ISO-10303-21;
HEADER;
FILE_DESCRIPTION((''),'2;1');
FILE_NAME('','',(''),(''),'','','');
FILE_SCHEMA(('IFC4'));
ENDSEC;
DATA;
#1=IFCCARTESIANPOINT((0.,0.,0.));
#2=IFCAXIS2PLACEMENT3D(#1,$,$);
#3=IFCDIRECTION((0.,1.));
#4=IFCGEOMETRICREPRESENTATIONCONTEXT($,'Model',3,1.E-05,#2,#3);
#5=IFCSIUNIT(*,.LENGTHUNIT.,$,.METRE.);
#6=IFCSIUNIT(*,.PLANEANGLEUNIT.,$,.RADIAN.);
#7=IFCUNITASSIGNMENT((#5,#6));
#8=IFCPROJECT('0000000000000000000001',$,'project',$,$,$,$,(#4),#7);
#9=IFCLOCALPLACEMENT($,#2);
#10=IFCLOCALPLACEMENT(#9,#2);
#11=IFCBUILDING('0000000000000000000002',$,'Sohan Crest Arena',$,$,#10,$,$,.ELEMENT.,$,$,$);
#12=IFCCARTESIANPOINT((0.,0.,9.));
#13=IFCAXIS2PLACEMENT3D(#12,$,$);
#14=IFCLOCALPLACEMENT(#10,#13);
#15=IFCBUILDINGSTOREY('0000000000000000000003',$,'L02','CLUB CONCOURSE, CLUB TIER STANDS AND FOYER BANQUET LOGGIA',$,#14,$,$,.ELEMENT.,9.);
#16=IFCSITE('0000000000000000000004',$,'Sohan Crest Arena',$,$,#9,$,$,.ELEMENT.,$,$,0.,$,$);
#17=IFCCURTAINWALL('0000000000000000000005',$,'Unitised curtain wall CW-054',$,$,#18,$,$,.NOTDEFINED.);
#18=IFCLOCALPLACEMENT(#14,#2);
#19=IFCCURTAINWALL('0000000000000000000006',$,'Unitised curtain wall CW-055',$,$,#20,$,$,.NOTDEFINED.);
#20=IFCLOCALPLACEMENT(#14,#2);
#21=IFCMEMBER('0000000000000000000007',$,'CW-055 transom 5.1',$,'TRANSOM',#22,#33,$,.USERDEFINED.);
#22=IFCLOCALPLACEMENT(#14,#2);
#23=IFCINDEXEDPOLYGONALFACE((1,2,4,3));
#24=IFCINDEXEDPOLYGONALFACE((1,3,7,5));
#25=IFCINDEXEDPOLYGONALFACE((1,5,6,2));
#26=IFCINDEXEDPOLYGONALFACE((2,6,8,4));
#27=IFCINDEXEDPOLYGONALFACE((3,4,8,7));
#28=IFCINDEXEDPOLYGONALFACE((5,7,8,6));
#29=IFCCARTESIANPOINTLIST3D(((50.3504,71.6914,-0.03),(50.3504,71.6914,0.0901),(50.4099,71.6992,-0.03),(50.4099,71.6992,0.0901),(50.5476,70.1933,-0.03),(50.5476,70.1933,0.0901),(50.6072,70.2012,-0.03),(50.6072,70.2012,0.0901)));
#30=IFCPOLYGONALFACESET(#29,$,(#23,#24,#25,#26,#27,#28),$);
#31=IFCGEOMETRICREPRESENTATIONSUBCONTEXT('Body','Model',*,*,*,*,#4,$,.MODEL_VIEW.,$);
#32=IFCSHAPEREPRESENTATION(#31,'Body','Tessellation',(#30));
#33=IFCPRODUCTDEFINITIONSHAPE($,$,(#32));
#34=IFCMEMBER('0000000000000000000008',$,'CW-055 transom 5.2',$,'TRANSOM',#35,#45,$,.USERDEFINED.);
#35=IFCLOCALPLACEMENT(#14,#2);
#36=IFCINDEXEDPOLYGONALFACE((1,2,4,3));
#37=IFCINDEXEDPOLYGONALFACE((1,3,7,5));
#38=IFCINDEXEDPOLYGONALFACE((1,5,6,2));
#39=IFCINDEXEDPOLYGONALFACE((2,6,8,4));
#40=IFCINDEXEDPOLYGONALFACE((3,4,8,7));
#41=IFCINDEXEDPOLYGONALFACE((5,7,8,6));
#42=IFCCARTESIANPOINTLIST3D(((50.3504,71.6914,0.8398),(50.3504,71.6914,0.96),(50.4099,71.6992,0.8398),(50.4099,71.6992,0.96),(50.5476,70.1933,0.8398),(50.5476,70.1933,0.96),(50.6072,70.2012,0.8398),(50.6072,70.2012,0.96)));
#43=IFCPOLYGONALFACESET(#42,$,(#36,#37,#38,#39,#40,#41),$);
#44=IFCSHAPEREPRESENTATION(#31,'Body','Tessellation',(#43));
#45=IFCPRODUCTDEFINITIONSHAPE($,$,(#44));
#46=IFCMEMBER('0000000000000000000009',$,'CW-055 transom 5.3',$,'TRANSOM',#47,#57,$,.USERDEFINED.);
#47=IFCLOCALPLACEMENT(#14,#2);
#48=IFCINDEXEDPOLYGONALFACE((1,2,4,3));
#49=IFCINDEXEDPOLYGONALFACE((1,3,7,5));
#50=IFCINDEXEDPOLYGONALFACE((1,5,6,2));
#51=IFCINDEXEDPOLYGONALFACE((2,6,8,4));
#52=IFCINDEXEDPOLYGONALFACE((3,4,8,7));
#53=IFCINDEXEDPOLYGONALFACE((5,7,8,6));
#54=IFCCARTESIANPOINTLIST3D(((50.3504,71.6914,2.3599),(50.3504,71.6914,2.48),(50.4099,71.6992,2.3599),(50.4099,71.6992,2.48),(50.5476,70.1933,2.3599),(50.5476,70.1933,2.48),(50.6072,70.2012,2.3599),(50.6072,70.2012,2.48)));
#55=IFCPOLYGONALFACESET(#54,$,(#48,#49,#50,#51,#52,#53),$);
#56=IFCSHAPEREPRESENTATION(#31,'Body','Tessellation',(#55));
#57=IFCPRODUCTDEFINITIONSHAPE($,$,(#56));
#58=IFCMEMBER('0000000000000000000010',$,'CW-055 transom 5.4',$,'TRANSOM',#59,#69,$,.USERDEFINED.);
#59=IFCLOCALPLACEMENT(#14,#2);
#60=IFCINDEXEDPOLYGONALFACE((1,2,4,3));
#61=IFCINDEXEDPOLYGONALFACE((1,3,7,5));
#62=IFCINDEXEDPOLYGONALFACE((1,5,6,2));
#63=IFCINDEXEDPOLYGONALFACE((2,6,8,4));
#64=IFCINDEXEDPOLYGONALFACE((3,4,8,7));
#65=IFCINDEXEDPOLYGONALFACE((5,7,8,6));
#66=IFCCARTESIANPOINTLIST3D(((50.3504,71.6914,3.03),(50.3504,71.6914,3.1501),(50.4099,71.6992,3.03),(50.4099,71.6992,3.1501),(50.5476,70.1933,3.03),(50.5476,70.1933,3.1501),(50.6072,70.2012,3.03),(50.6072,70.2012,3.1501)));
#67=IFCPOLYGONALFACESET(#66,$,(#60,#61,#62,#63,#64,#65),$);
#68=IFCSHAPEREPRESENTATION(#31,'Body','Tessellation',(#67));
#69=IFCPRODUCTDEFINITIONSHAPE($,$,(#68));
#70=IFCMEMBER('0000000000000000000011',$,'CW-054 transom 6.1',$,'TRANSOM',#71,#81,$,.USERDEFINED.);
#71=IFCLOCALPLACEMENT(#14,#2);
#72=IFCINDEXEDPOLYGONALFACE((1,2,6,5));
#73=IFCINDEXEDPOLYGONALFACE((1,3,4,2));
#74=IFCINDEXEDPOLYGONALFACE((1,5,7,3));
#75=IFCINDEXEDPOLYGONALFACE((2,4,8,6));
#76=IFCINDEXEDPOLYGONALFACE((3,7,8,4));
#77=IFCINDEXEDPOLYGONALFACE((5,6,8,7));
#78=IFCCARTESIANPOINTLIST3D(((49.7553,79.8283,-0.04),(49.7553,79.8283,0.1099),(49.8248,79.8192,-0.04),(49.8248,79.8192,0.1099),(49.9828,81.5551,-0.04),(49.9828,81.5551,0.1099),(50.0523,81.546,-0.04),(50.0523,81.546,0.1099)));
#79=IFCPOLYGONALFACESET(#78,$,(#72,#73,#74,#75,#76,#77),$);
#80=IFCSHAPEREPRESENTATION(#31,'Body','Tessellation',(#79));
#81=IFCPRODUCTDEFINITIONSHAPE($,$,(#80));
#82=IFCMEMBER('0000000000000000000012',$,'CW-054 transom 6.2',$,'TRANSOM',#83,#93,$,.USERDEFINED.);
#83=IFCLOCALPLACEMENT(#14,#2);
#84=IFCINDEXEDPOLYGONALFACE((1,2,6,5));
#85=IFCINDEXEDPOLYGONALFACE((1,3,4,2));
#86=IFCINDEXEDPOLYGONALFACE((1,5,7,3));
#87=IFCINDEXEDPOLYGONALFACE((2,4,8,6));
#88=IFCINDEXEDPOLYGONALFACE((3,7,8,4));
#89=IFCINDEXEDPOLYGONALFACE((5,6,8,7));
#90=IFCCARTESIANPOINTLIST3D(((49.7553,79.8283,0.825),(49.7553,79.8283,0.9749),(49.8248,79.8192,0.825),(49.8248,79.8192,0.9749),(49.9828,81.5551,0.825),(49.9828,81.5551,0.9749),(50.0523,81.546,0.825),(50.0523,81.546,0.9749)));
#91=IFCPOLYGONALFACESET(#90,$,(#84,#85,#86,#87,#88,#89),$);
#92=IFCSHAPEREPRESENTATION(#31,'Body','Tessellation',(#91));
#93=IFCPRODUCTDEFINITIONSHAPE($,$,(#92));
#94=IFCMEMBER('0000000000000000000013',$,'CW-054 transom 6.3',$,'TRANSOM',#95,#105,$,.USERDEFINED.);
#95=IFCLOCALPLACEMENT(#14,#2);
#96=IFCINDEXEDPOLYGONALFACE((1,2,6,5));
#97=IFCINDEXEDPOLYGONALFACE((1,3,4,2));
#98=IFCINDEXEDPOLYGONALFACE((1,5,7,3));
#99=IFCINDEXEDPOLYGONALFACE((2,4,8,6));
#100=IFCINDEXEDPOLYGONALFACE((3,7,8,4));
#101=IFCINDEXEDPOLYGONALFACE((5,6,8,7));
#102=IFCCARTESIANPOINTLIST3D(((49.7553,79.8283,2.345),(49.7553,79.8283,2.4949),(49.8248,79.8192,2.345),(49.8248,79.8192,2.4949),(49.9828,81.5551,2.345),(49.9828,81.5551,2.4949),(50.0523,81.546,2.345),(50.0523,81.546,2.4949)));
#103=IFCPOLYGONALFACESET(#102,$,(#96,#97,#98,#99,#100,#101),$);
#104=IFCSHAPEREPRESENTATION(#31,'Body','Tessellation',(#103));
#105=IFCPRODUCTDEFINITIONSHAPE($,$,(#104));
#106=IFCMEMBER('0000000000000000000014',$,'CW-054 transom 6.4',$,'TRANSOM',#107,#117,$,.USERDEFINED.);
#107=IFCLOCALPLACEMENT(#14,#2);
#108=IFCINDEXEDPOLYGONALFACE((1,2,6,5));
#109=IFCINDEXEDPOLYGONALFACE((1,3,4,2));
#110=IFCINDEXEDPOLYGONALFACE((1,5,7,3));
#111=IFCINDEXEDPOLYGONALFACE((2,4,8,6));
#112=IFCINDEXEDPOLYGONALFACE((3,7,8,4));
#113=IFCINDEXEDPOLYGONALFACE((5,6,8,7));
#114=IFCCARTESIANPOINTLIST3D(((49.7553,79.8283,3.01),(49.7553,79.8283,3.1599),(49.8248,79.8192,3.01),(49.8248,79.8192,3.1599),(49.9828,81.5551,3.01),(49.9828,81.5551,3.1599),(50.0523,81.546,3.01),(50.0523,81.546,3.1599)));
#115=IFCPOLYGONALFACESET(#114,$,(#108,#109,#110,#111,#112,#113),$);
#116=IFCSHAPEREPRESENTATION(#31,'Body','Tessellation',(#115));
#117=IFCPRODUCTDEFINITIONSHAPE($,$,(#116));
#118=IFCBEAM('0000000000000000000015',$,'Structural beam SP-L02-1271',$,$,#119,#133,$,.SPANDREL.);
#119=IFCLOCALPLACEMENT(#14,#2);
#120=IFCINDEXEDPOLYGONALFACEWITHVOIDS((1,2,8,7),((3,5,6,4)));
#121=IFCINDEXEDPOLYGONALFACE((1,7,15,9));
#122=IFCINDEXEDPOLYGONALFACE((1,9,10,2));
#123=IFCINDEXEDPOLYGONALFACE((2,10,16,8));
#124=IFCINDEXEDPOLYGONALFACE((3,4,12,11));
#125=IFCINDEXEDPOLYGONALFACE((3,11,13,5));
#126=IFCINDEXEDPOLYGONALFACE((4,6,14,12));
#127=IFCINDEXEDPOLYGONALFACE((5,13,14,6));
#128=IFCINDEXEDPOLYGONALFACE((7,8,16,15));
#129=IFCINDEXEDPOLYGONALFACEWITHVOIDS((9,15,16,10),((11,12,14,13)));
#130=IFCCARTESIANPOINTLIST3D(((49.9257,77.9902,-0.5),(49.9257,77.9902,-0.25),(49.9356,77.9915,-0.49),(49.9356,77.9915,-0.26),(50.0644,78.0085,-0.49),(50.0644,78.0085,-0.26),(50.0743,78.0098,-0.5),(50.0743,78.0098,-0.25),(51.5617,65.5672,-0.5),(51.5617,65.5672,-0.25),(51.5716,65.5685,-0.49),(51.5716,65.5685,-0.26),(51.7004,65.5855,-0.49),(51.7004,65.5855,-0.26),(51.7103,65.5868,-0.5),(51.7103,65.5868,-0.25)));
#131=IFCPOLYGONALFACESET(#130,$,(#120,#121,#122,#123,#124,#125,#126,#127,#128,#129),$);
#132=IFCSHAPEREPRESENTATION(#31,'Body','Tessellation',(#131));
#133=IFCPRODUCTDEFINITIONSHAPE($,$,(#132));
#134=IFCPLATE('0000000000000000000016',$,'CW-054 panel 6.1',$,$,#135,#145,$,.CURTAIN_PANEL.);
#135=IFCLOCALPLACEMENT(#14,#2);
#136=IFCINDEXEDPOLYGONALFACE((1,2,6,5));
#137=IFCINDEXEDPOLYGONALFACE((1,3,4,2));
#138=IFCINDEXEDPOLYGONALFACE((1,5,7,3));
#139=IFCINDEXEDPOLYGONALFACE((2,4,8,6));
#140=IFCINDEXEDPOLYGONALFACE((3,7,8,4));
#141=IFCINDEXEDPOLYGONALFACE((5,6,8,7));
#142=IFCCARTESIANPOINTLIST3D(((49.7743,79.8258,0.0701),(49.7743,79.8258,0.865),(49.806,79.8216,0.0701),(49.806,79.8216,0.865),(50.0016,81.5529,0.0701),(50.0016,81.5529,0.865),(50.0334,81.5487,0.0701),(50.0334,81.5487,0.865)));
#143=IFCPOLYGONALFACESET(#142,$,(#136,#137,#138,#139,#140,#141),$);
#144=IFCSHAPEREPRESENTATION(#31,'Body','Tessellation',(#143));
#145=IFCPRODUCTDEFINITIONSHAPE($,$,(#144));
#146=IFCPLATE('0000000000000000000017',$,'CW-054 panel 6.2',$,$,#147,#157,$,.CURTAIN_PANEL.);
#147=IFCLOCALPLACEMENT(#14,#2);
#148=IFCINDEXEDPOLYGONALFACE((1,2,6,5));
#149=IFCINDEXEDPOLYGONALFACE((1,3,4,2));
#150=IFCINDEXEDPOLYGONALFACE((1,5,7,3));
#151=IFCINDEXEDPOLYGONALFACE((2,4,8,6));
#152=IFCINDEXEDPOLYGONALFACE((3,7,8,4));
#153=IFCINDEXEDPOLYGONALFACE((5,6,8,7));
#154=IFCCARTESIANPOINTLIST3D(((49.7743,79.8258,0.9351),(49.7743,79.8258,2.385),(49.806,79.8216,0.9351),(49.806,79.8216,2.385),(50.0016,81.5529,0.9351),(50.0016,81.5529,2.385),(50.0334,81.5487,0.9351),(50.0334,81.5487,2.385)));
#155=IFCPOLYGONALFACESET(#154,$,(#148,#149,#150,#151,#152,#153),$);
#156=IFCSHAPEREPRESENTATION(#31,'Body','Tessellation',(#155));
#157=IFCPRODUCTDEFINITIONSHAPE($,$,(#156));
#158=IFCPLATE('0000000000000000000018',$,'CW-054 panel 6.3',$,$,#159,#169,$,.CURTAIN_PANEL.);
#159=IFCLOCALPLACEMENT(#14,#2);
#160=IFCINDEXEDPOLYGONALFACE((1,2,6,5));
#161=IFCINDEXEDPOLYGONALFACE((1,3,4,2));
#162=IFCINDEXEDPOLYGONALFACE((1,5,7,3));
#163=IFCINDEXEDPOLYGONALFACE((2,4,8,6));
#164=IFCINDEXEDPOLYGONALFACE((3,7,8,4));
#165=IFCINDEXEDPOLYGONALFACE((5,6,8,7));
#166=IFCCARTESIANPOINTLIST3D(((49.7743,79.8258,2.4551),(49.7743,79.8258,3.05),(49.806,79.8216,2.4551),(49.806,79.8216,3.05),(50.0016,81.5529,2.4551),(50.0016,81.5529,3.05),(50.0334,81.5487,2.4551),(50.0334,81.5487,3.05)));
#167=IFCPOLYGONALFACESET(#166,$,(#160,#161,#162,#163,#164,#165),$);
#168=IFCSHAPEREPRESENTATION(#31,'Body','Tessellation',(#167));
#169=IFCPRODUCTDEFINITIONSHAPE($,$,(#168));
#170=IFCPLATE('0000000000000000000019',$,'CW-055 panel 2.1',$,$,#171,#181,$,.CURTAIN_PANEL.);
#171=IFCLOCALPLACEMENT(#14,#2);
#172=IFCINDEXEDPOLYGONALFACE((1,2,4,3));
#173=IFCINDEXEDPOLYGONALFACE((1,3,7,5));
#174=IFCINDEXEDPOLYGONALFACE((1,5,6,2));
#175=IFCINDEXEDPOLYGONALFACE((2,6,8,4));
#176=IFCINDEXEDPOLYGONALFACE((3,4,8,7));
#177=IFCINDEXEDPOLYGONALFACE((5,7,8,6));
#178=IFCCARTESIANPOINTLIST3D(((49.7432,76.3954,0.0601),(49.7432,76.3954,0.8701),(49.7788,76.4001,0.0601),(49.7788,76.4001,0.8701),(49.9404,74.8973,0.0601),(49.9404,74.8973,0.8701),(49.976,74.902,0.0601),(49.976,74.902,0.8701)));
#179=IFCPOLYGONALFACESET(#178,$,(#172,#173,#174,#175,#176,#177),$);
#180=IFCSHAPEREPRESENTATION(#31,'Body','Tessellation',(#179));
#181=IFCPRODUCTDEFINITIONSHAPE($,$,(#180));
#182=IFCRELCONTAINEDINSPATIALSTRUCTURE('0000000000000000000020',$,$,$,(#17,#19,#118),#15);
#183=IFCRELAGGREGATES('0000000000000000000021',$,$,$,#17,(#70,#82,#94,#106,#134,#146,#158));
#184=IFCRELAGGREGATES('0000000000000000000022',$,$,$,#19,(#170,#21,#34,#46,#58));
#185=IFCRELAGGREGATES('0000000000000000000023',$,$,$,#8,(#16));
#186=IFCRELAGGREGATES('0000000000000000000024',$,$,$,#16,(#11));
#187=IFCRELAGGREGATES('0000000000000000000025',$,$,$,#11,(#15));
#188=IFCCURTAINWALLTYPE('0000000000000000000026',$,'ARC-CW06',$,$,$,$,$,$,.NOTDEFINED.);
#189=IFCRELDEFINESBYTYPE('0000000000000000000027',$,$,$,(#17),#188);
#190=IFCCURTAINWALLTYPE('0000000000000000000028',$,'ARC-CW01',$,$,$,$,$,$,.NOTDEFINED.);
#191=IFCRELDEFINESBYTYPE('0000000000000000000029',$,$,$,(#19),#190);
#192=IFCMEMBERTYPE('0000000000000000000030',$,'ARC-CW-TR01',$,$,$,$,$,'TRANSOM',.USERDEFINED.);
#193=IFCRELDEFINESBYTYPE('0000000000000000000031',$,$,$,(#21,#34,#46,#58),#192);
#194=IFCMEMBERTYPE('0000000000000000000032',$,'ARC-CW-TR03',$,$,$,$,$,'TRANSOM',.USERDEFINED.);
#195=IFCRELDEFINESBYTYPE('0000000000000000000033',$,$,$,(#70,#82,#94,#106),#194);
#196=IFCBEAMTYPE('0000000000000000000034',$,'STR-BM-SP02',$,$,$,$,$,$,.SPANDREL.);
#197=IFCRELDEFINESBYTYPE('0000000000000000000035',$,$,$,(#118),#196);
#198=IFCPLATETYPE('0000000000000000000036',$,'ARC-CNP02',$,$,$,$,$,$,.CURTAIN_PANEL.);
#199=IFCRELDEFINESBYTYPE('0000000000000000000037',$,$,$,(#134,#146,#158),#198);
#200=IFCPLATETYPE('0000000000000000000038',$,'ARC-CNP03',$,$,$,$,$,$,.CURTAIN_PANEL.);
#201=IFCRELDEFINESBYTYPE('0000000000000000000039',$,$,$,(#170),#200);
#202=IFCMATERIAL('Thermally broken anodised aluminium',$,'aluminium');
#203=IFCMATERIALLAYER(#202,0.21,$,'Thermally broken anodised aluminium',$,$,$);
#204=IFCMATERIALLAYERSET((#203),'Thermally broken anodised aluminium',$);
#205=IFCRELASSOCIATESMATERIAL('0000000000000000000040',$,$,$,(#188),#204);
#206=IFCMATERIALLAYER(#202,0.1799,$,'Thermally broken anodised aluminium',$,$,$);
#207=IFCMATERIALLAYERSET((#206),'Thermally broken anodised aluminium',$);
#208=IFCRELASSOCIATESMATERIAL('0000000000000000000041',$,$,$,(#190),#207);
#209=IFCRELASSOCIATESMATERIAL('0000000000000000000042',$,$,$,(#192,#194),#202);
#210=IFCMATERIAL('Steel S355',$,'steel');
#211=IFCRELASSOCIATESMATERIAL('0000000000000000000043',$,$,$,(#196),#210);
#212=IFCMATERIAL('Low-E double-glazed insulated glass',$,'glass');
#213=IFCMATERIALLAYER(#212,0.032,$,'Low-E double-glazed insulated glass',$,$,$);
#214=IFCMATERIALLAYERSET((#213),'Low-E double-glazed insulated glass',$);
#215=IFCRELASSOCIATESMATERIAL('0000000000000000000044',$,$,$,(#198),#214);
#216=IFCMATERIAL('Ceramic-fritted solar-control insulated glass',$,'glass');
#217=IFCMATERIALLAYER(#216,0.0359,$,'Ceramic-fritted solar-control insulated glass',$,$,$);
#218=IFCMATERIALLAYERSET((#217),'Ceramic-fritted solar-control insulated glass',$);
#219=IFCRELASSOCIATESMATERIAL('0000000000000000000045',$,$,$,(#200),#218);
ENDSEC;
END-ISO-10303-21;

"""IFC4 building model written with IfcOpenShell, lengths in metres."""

from ifc_helpers import new_model, si_unit, direction, frame, origin, origin_2d, place, context, subcontext, project, spatial, rectangle, hollow_rectangle, extrude, material, layer, layer_set, material_profile, profile_set, type_object, element, aggregate, save


model = new_model("IFC4")

# Units and contexts
model_context = context("Model", 3, precision=1e-05, world=origin(), true_north=direction((0.0, 1.0)))
body_context = subcontext(model_context, "Body", "Model", "MODEL_VIEW")
ifc_project = project(units=[si_unit("LENGTHUNIT", "METRE"), si_unit("PLANEANGLEUNIT", "RADIAN")], contexts=[model_context])

# Site, building, storey
site_placement = place(None, origin())
site = spatial("IfcSite", under=ifc_project, at=site_placement, Name="Sohan Crest Arena", CompositionType="ELEMENT", RefElevation=0.0)
building_placement = place(site_placement, origin())
building = spatial("IfcBuilding", under=site, at=building_placement, Name="Sohan Crest Arena", CompositionType="ELEMENT")
storey_placement = place(building_placement, frame((0.0, 0.0, 9.0)))
storey = spatial("IfcBuildingStorey", under=building, at=storey_placement, Name="L02", Description="CLUB CONCOURSE, CLUB TIER STANDS AND FOYER BANQUET LOGGIA", CompositionType="ELEMENT", Elevation=9.0)

# Shared definitions
ifc_material_1 = material(Name="Steel S355", Category="steel")

# Curtain wall
ifc_material_2 = material(Name="Thermally broken anodised aluminium", Category="aluminium")
ifc_layer_1 = layer(ifc_material_2, 0.21, Name="Thermally broken anodised aluminium")
ifc_layer_set_1 = layer_set([ifc_layer_1], Name="Thermally broken anodised aluminium")
curtain_wall_type_1 = type_object("IfcCurtainWallType", Name="ARC-CW06", PredefinedType="NOTDEFINED", material=ifc_layer_set_1)
curtain_wall_1_placement = place(storey_placement, origin())
curtain_wall_1 = element("IfcCurtainWall", 1, at=curtain_wall_1_placement, inside=storey, type_object=curtain_wall_type_1, Name="Unitised curtain wall CW-054", PredefinedType="NOTDEFINED")

# Curtain wall, members
ifc_layer_2 = layer(ifc_material_2, 0.1799, Name="Thermally broken anodised aluminium")
ifc_layer_set_2 = layer_set([ifc_layer_2], Name="Thermally broken anodised aluminium")
curtain_wall_type_2 = type_object("IfcCurtainWallType", Name="ARC-CW01", PredefinedType="NOTDEFINED", material=ifc_layer_set_2)
curtain_wall_2_placement = place(storey_placement, origin())
curtain_wall_2 = element("IfcCurtainWall", 2, at=curtain_wall_2_placement, inside=storey, type_object=curtain_wall_type_2, Name="Unitised curtain wall CW-055", PredefinedType="NOTDEFINED")
ifc_material_profile_1 = material_profile(ifc_material_2, rectangle(XDim=0.0601, YDim=0.1201, at=origin_2d()), Name="ALU-TRAN 60x120")
ifc_profile_set_1 = profile_set([ifc_material_profile_1], Name="Thermally broken anodised aluminium")
member_type_1 = type_object("IfcMemberType", Name="ARC-CW-TR01", ElementType="TRANSOM", PredefinedType="USERDEFINED", material=ifc_profile_set_1)
member_1_placement = place(storey_placement, frame((50.3801, 71.6953, 0.03), z_axis=(0.130555, -0.991441, 0.0), x_axis=(0.991441, 0.130555, 0.0)))
member_1 = element("IfcMember", 3, at=member_1_placement, type_object=member_type_1, Name="CW-055 transom 5.1", ObjectType="TRANSOM", PredefinedType="USERDEFINED", context=body_context, shape_type="SweptSolid", body=[
    extrude(rectangle(XDim=0.0601, YDim=0.1201, at=origin_2d()), origin(), (0.0, 0.0, 1.0), 1.511),
])
member_2_placement = place(storey_placement, frame((50.3801, 71.6953, 0.8999), z_axis=(0.130555, -0.991441, 0.0), x_axis=(0.991441, 0.130555, 0.0)))
member_2 = element("IfcMember", 4, at=member_2_placement, type_object=member_type_1, Name="CW-055 transom 5.2", ObjectType="TRANSOM", PredefinedType="USERDEFINED", context=body_context, shape_type="SweptSolid", body=[
    extrude(rectangle(XDim=0.0601, YDim=0.1201, at=origin_2d()), origin(), (0.0, 0.0, 1.0), 1.511),
])
member_3_placement = place(storey_placement, frame((50.3801, 71.6953, 2.4199), z_axis=(0.130555, -0.991441, 0.0), x_axis=(0.991441, 0.130555, 0.0)))
member_3 = element("IfcMember", 5, at=member_3_placement, type_object=member_type_1, Name="CW-055 transom 5.3", ObjectType="TRANSOM", PredefinedType="USERDEFINED", context=body_context, shape_type="SweptSolid", body=[
    extrude(rectangle(XDim=0.0601, YDim=0.1201, at=origin_2d()), origin(), (0.0, 0.0, 1.0), 1.511),
])
member_4_placement = place(storey_placement, frame((50.3801, 71.6953, 3.0901), z_axis=(0.130555, -0.991441, 0.0), x_axis=(0.991441, 0.130555, 0.0)))
member_4 = element("IfcMember", 6, at=member_4_placement, type_object=member_type_1, Name="CW-055 transom 5.4", ObjectType="TRANSOM", PredefinedType="USERDEFINED", context=body_context, shape_type="SweptSolid", body=[
    extrude(rectangle(XDim=0.0601, YDim=0.1201, at=origin_2d()), origin(), (0.0, 0.0, 1.0), 1.511),
])

# Members
ifc_material_profile_2 = material_profile(ifc_material_2, rectangle(XDim=0.0701, YDim=0.1499, at=origin_2d()), Name="ALU-TRAN 70x150")
ifc_profile_set_2 = profile_set([ifc_material_profile_2], Name="Thermally broken anodised aluminium")
member_type_2 = type_object("IfcMemberType", Name="ARC-CW-TR03", ElementType="TRANSOM", PredefinedType="USERDEFINED", material=ifc_profile_set_2)
member_5_placement = place(storey_placement, frame((50.0176, 81.5505, 0.0349), z_axis=(-0.130639, -0.99143, 0.0), x_axis=(0.99143, -0.130639, 0.0)))
member_5 = element("IfcMember", 7, at=member_5_placement, type_object=member_type_2, Name="CW-054 transom 6.1", ObjectType="TRANSOM", PredefinedType="USERDEFINED", context=body_context, shape_type="SweptSolid", body=[
    extrude(rectangle(XDim=0.0701, YDim=0.1499, at=origin_2d()), origin(), (0.0, 0.0, 1.0), 1.7417),
])
member_6_placement = place(storey_placement, frame((50.0176, 81.5505, 0.8999), z_axis=(-0.130639, -0.99143, 0.0), x_axis=(0.99143, -0.130639, 0.0)))
member_6 = element("IfcMember", 8, at=member_6_placement, type_object=member_type_2, Name="CW-054 transom 6.2", ObjectType="TRANSOM", PredefinedType="USERDEFINED", context=body_context, shape_type="SweptSolid", body=[
    extrude(rectangle(XDim=0.0701, YDim=0.1499, at=origin_2d()), origin(), (0.0, 0.0, 1.0), 1.7417),
])
member_7_placement = place(storey_placement, frame((50.0176, 81.5505, 2.4199), z_axis=(-0.130639, -0.99143, 0.0), x_axis=(0.99143, -0.130639, 0.0)))
member_7 = element("IfcMember", 9, at=member_7_placement, type_object=member_type_2, Name="CW-054 transom 6.3", ObjectType="TRANSOM", PredefinedType="USERDEFINED", context=body_context, shape_type="SweptSolid", body=[
    extrude(rectangle(XDim=0.0701, YDim=0.1499, at=origin_2d()), origin(), (0.0, 0.0, 1.0), 1.7417),
])
member_8_placement = place(storey_placement, frame((50.0176, 81.5505, 3.085), z_axis=(-0.130639, -0.99143, 0.0), x_axis=(0.99143, -0.130639, 0.0)))
member_8 = element("IfcMember", 10, at=member_8_placement, type_object=member_type_2, Name="CW-054 transom 6.4", ObjectType="TRANSOM", PredefinedType="USERDEFINED", context=body_context, shape_type="SweptSolid", body=[
    extrude(rectangle(XDim=0.0701, YDim=0.1499, at=origin_2d()), origin(), (0.0, 0.0, 1.0), 1.7417),
])

# Beam
ifc_material_profile_3 = material_profile(ifc_material_1, hollow_rectangle(XDim=0.1499, YDim=0.25, WallThickness=0.01, at=origin_2d()), Name="RHS 250x150x10")
ifc_profile_set_3 = profile_set([ifc_material_profile_3], Name="Steel S355")
beam_type = type_object("IfcBeamType", Name="STR-BM-SP02", PredefinedType="SPANDREL", material=ifc_profile_set_3)
beam_placement = place(storey_placement, frame((50.0, 78.0, -0.375), z_axis=(0.130562, -0.99144, 0.0), x_axis=(0.99144, 0.130562, 0.0)))
element("IfcBeam", 11, at=beam_placement, inside=storey, type_object=beam_type, Name="Structural beam SP-L02-1271", PredefinedType="SPANDREL", context=body_context, shape_type="SweptSolid", body=[
    extrude(hollow_rectangle(XDim=0.1499, YDim=0.25, WallThickness=0.01, at=origin_2d()), origin(), (0.0, 0.0, 1.0), 12.5303),
])

# Plates
ifc_material_3 = material(Name="Low-E double-glazed insulated glass", Category="glass")
ifc_layer_3 = layer(ifc_material_3, 0.032, Name="Low-E double-glazed insulated glass")
ifc_layer_set_3 = layer_set([ifc_layer_3], Name="Low-E double-glazed insulated glass")
plate_type_1 = type_object("IfcPlateType", Name="ARC-CNP02", PredefinedType="CURTAIN_PANEL", material=ifc_layer_set_3)
plate_1_placement = place(storey_placement, frame((49.9038, 80.6873, 0.0701), z_axis=(0.0, 0.0, 1.0), x_axis=(-0.130532, -0.991444, 0.0)))
plate_1 = element("IfcPlate", 12, at=plate_1_placement, type_object=plate_type_1, Name="CW-054 panel 6.1", PredefinedType="CURTAIN_PANEL", context=body_context, shape_type="SweptSolid", body=[
    extrude(rectangle(XDim=1.7419, YDim=0.032, at=origin_2d()), origin(), (0.0, 0.0, 1.0), 0.7949),
])
plate_2_placement = place(storey_placement, frame((49.9038, 80.6873, 0.9351), z_axis=(0.0, 0.0, 1.0), x_axis=(-0.130532, -0.991444, 0.0)))
plate_2 = element("IfcPlate", 13, at=plate_2_placement, type_object=plate_type_1, Name="CW-054 panel 6.2", PredefinedType="CURTAIN_PANEL", context=body_context, shape_type="SweptSolid", body=[
    extrude(rectangle(XDim=1.7419, YDim=0.032, at=origin_2d()), origin(), (0.0, 0.0, 1.0), 1.45),
])
plate_3_placement = place(storey_placement, frame((49.9038, 80.6873, 2.4551), z_axis=(0.0, 0.0, 1.0), x_axis=(-0.130532, -0.991444, 0.0)))
plate_3 = element("IfcPlate", 14, at=plate_3_placement, type_object=plate_type_1, Name="CW-054 panel 6.3", PredefinedType="CURTAIN_PANEL", context=body_context, shape_type="SweptSolid", body=[
    extrude(rectangle(XDim=1.7419, YDim=0.032, at=origin_2d()), origin(), (0.0, 0.0, 1.0), 0.595),
])
aggregate(curtain_wall_1, [member_5, member_6, member_7, member_8, plate_1, plate_2, plate_3])
ifc_material_4 = material(Name="Ceramic-fritted solar-control insulated glass", Category="glass")
ifc_layer_4 = layer(ifc_material_4, 0.0359, Name="Ceramic-fritted solar-control insulated glass")
ifc_layer_set_4 = layer_set([ifc_layer_4], Name="Ceramic-fritted solar-control insulated glass")
plate_type_2 = type_object("IfcPlateType", Name="ARC-CNP03", PredefinedType="CURTAIN_PANEL", material=ifc_layer_set_4)
plate_4_placement = place(storey_placement, frame((49.8596, 75.6487, 0.0601), z_axis=(0.0, 0.0, 1.0), x_axis=(0.130532, -0.991444, 0.0)))
plate_4 = element("IfcPlate", 15, at=plate_4_placement, type_object=plate_type_2, Name="CW-055 panel 2.1", PredefinedType="CURTAIN_PANEL", context=body_context, shape_type="SweptSolid", body=[
    extrude(rectangle(XDim=1.511, YDim=0.0359, at=origin_2d()), origin(), (0.0, 0.0, 1.0), 0.8101),
])
aggregate(curtain_wall_2, [plate_4, member_1, member_2, member_3, member_4])

save(model, "model.ifc")
